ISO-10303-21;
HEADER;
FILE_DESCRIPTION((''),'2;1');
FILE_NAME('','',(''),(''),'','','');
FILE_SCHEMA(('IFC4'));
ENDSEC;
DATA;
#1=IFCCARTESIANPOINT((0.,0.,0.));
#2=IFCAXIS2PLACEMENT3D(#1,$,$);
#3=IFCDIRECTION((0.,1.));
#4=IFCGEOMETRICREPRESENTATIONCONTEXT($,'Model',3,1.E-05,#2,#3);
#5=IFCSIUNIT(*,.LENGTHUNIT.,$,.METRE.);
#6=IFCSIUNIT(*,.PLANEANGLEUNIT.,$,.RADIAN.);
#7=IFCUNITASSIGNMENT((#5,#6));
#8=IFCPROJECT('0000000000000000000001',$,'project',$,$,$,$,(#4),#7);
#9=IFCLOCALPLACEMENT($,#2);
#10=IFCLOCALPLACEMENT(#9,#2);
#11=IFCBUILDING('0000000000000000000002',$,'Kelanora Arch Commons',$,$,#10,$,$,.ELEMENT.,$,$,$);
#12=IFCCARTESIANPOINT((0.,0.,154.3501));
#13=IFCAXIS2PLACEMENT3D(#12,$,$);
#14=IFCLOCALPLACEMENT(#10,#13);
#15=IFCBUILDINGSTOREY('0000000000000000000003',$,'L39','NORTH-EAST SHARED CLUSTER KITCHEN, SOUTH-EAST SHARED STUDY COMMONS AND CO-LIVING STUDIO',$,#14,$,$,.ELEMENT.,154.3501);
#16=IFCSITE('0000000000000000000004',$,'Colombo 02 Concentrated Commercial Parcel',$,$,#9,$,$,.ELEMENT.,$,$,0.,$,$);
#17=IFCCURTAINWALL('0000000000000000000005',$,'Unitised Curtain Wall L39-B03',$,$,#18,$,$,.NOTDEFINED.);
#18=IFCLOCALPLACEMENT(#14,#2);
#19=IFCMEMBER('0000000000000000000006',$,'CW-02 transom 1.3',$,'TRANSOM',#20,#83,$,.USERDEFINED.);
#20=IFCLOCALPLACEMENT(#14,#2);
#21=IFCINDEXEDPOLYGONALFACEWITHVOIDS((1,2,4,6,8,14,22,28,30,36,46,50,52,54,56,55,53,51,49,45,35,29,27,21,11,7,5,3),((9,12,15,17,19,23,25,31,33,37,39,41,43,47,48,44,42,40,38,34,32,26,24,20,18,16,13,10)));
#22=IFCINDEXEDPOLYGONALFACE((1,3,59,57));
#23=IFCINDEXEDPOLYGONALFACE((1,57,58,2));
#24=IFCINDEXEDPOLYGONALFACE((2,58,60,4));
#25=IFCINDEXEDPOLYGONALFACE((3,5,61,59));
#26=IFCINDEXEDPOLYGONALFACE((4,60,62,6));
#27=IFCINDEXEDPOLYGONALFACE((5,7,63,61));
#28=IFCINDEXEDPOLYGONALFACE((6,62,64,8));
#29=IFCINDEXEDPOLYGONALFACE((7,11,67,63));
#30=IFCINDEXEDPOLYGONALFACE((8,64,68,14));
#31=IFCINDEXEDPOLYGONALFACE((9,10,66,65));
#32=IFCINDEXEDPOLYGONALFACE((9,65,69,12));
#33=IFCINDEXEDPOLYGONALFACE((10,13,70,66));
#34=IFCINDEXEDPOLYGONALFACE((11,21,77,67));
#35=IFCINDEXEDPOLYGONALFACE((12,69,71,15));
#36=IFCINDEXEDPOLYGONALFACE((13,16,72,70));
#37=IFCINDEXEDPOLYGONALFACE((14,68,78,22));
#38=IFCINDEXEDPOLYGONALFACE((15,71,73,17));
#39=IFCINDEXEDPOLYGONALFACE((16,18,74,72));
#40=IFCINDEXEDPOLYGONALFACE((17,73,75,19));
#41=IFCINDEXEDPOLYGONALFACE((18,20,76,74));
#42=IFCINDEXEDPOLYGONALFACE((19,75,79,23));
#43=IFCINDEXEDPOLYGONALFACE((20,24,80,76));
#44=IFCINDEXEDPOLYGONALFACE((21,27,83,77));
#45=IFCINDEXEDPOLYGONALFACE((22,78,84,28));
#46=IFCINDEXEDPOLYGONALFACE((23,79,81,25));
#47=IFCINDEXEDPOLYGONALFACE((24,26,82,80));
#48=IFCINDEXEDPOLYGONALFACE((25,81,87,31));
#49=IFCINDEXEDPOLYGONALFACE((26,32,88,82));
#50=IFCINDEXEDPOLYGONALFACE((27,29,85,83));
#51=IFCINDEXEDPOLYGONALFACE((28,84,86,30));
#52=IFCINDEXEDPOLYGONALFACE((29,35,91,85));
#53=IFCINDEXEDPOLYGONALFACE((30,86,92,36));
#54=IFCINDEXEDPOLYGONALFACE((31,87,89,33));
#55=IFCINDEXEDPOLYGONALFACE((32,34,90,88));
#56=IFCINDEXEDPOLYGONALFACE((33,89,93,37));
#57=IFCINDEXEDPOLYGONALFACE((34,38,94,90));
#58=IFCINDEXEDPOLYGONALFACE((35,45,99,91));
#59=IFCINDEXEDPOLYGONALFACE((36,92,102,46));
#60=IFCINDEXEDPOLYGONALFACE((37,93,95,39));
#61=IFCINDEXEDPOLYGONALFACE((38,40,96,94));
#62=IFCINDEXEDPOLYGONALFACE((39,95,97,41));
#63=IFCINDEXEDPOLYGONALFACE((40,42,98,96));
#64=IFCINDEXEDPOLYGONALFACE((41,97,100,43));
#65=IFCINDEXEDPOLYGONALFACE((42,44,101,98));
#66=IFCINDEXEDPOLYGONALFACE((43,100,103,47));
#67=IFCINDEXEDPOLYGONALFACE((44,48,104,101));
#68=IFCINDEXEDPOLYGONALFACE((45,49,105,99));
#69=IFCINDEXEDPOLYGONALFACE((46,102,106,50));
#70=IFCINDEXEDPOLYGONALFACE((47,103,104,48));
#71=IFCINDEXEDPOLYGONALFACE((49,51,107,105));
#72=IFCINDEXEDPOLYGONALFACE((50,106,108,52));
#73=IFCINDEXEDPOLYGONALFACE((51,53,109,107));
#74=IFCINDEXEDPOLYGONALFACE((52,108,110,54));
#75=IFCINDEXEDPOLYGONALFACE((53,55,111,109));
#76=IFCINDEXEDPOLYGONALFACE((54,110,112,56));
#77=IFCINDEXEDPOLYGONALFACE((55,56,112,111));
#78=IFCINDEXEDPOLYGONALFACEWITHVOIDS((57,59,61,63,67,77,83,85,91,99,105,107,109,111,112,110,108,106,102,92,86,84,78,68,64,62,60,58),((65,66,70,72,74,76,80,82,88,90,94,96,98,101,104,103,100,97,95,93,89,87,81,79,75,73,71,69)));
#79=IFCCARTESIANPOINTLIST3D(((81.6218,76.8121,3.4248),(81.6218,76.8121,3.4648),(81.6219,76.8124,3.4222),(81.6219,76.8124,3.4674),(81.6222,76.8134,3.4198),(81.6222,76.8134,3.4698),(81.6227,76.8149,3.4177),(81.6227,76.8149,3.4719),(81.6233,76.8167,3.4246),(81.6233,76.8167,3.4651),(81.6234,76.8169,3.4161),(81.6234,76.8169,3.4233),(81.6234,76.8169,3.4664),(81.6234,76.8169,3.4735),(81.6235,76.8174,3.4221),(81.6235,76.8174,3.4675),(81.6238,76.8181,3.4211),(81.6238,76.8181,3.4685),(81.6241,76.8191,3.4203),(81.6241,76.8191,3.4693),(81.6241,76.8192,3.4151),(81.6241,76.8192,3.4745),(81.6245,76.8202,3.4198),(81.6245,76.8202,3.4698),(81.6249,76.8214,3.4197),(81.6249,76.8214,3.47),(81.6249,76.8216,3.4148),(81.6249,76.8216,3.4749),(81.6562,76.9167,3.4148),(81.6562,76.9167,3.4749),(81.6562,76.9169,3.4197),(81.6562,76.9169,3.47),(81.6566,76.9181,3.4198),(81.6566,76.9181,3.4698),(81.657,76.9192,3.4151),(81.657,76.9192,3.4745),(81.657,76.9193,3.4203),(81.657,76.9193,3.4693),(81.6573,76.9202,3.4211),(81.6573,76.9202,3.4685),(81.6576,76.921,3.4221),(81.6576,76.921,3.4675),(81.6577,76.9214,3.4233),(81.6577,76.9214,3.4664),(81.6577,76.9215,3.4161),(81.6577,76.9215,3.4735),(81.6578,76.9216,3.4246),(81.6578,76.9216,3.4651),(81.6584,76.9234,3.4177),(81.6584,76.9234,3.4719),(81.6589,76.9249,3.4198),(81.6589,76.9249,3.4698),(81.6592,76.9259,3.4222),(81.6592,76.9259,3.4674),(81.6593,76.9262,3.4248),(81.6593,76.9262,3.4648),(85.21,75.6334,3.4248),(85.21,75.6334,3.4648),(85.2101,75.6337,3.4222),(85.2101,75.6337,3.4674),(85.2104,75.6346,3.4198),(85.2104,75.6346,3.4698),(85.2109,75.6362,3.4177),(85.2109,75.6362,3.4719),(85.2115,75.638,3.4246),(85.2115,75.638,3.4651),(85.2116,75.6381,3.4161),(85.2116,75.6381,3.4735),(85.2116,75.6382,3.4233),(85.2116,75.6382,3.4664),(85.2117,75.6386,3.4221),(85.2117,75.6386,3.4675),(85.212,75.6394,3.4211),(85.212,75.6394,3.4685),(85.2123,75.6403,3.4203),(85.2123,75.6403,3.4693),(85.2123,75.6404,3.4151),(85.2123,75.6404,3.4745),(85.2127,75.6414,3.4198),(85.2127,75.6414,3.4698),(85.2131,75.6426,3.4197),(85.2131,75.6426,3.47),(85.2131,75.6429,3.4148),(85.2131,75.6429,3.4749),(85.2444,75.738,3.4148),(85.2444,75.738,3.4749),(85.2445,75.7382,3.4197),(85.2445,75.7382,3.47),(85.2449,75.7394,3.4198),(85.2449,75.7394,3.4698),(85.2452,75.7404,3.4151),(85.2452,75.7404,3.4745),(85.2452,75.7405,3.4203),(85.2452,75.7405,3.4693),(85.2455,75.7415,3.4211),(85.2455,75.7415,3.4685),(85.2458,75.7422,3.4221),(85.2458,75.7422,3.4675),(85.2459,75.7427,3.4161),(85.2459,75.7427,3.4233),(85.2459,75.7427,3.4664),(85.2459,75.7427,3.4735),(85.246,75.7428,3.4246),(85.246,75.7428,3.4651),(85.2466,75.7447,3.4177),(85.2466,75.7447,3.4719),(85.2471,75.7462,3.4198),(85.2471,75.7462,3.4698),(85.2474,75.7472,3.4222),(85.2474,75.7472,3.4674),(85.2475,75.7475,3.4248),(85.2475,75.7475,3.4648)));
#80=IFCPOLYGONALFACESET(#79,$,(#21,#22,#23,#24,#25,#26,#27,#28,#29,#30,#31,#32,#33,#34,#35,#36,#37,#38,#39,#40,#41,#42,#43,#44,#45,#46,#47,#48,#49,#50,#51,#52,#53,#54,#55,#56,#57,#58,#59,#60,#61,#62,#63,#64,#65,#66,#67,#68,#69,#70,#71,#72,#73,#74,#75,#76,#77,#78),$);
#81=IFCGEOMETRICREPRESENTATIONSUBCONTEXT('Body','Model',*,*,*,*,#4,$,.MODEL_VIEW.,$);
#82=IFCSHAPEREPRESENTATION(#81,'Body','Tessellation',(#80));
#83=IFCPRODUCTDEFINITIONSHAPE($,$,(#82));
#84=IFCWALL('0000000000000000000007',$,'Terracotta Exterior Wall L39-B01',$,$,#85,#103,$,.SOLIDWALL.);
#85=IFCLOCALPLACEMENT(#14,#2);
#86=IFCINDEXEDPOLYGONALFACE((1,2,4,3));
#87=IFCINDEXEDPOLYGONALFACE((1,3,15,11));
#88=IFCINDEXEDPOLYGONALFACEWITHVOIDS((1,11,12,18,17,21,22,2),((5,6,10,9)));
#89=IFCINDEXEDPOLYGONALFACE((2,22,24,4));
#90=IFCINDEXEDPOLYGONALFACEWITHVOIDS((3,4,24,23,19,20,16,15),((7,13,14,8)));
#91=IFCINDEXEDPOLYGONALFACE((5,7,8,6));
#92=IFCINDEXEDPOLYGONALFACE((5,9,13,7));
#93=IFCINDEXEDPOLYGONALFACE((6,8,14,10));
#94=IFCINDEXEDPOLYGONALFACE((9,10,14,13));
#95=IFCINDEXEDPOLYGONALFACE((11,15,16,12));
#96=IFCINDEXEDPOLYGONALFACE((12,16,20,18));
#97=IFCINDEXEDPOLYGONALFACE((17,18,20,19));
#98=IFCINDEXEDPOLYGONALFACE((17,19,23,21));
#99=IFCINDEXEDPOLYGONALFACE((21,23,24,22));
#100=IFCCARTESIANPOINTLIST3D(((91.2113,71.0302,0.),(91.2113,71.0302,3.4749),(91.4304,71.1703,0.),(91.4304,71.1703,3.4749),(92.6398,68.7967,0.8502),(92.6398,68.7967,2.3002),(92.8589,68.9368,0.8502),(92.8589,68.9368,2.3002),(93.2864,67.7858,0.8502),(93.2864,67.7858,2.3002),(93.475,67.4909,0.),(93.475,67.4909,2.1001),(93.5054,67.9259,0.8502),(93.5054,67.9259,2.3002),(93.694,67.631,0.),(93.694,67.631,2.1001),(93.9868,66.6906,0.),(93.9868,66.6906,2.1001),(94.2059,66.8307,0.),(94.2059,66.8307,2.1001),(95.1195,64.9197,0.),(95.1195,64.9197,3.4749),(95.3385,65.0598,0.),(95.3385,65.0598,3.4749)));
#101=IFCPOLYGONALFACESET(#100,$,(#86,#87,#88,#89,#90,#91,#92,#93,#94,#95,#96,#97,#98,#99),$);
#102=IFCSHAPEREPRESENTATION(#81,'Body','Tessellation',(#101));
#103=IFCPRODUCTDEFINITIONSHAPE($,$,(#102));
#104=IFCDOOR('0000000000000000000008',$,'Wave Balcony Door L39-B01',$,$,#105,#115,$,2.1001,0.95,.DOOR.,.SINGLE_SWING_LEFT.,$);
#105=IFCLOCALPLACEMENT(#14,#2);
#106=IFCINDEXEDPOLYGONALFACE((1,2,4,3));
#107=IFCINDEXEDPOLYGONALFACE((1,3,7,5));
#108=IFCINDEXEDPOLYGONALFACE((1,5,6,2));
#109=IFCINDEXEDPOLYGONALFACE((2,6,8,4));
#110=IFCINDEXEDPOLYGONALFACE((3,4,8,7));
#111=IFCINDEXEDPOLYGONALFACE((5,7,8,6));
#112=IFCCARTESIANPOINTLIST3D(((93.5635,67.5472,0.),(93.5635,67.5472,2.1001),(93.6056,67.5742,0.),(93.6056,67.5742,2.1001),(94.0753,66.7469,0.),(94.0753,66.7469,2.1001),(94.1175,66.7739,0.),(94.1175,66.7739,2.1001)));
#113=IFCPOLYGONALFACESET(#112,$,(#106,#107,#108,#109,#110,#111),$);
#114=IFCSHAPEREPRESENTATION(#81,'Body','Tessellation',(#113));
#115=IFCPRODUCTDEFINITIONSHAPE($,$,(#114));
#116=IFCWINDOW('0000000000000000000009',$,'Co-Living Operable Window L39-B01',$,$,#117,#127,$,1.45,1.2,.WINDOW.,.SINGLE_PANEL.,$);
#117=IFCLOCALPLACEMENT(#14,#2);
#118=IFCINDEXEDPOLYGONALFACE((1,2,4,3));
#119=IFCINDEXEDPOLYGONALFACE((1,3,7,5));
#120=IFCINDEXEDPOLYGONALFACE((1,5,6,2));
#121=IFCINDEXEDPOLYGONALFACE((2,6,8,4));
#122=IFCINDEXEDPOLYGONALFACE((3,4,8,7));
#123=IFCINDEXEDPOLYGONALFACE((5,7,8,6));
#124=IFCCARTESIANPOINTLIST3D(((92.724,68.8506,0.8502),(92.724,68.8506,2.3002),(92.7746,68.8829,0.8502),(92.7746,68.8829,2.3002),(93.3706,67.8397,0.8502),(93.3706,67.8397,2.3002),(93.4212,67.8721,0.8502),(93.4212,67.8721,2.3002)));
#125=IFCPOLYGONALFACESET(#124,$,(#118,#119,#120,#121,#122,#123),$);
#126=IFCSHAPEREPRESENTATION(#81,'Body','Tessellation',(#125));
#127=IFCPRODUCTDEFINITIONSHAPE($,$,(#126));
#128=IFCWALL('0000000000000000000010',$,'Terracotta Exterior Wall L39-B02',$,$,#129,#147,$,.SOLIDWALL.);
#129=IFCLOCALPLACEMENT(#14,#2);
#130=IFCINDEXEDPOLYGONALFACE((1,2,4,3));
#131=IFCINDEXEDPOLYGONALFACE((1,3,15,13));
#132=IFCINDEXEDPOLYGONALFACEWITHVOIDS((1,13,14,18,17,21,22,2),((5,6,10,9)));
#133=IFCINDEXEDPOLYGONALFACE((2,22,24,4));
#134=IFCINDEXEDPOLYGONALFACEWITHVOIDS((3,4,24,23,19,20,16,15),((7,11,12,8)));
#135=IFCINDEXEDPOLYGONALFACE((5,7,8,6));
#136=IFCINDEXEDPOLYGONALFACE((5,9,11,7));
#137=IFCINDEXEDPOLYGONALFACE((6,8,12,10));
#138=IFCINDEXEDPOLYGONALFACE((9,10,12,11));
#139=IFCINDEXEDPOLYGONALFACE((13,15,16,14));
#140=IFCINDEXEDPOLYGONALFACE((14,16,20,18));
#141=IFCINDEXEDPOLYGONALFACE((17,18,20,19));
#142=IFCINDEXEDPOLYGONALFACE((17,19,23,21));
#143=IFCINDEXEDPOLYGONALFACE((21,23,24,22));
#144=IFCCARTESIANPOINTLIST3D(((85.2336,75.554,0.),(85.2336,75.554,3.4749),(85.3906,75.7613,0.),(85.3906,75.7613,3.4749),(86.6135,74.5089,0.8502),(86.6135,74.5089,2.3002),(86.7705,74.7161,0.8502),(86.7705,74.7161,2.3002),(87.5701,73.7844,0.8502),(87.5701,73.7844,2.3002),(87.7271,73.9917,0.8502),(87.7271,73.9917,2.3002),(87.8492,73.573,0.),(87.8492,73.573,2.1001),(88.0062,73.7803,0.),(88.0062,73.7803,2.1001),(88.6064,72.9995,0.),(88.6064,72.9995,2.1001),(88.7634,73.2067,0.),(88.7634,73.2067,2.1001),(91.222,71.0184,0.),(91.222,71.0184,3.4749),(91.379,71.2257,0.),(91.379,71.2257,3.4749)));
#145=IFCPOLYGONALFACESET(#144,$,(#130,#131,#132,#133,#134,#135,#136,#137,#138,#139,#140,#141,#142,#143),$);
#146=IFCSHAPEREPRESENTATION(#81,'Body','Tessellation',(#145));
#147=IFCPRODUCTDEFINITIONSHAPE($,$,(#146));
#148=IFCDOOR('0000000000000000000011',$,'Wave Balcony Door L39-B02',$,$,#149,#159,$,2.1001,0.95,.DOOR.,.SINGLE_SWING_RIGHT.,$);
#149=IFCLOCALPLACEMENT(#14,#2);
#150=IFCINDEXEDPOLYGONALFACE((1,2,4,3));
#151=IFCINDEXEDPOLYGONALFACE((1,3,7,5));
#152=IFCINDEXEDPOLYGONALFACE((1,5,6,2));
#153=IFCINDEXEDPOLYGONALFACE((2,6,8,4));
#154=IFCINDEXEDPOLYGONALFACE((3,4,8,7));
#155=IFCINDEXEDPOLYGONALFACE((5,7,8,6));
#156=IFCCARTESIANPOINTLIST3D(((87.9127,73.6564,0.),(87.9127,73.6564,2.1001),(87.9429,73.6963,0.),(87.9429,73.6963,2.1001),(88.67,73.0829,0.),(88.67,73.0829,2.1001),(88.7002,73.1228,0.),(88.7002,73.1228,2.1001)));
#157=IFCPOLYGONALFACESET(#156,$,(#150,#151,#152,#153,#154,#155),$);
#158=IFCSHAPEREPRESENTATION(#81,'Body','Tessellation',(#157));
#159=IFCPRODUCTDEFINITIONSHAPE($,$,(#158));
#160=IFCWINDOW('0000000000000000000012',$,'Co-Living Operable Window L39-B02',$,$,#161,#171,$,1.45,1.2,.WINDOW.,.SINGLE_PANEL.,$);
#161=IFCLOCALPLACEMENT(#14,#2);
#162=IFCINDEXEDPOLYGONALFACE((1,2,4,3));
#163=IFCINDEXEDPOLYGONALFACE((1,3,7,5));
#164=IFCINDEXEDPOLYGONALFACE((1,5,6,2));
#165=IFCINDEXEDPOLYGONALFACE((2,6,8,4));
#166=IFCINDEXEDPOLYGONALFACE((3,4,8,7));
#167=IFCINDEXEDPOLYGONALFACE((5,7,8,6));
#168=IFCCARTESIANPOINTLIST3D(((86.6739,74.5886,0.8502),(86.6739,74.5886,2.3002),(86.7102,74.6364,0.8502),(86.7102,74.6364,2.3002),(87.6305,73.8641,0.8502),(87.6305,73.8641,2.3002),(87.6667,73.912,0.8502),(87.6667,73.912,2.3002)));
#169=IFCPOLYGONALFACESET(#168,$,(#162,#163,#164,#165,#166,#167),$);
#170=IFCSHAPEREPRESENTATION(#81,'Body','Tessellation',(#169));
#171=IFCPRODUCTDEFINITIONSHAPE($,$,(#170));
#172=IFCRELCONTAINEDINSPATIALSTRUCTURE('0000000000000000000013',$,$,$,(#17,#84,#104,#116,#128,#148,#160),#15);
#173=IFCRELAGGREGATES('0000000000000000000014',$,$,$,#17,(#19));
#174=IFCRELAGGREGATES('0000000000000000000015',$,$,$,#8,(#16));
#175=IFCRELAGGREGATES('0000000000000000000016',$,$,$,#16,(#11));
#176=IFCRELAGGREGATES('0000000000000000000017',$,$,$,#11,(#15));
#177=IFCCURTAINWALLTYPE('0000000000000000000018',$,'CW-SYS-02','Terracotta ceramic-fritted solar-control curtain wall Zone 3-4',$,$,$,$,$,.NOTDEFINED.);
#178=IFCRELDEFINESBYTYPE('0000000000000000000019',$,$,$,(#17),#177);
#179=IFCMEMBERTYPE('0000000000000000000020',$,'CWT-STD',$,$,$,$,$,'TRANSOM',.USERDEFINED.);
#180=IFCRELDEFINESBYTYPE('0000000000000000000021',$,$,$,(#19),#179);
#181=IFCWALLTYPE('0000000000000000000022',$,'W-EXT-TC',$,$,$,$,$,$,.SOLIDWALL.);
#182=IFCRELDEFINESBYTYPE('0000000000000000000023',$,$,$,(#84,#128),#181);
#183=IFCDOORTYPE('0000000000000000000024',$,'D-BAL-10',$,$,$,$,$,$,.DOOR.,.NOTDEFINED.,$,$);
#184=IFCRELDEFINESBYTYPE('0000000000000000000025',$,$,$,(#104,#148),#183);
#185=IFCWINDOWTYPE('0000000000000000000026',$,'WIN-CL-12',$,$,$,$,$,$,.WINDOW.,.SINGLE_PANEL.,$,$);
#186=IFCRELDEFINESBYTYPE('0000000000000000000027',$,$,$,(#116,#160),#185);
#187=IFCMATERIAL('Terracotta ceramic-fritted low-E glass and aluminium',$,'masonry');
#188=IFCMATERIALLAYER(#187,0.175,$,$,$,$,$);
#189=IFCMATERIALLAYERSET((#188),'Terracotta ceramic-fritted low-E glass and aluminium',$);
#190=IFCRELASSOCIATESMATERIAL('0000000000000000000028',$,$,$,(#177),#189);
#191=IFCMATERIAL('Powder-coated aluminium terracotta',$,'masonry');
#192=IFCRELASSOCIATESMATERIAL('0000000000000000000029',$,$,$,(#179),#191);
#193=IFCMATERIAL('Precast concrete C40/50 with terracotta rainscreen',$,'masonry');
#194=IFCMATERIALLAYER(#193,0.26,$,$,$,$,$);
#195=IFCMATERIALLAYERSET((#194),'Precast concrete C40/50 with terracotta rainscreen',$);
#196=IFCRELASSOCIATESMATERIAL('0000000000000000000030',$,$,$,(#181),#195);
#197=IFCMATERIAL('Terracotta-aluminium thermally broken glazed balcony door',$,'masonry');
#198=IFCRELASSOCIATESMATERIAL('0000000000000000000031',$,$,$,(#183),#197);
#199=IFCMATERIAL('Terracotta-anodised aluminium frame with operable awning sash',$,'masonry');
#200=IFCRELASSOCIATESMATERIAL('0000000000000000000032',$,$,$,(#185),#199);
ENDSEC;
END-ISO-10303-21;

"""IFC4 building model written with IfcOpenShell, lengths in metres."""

from ifc_helpers import new_model, si_unit, direction, frame, frame_2d, origin, origin_2d, place, context, subcontext, project, spatial, rectangle, hollow_rectangle, extrude, material, layer, layer_set, material_profile, profile_set, type_object, element, fill, aggregate, save


model = new_model("IFC4")

# Units and contexts
model_context = context("Model", 3, precision=1e-05, world=origin(), true_north=direction((0.0, 1.0)))
body_context = subcontext(model_context, "Body", "Model", "MODEL_VIEW")
ifc_project = project(units=[si_unit("LENGTHUNIT", "METRE"), si_unit("PLANEANGLEUNIT", "RADIAN")], contexts=[model_context])

# Site, building, storey
site_placement = place(None, origin())
site = spatial("IfcSite", under=ifc_project, at=site_placement, Name="Colombo 02 Concentrated Commercial Parcel", CompositionType="ELEMENT", RefElevation=0.0)
building_placement = place(site_placement, origin())
building = spatial("IfcBuilding", under=site, at=building_placement, Name="Kelanora Arch Commons", CompositionType="ELEMENT")
storey_placement = place(building_placement, frame((0.0, 0.0, 154.3501)))
storey = spatial("IfcBuildingStorey", under=building, at=storey_placement, Name="L39", Description="NORTH-EAST SHARED CLUSTER KITCHEN, SOUTH-EAST SHARED STUDY COMMONS AND CO-LIVING STUDIO", CompositionType="ELEMENT", Elevation=154.3501)

# Shared definitions
ifc_material_1 = material(Name="Terracotta ceramic-fritted low-E glass and aluminium", Category="masonry")
ifc_layer_1 = layer(ifc_material_1, 0.175)
ifc_layer_set_1 = layer_set([ifc_layer_1], Name="Terracotta ceramic-fritted low-E glass and aluminium")
curtain_wall_type = type_object("IfcCurtainWallType", Name="CW-SYS-02", Description="Terracotta ceramic-fritted solar-control curtain wall Zone 3-4", PredefinedType="NOTDEFINED", material=ifc_layer_set_1)
ifc_material_2 = material(Name="Powder-coated aluminium terracotta", Category="masonry")

# Curtain wall, member
curtain_wall_1_placement = place(storey_placement, origin())
curtain_wall_1 = element("IfcCurtainWall", 1, at=curtain_wall_1_placement, inside=storey, type_object=curtain_wall_type, Name="Unitised Curtain Wall L39-B03", PredefinedType="NOTDEFINED")
ifc_material_profile_1 = material_profile(ifc_material_2, hollow_rectangle(XDim=0.1201, YDim=0.0601, WallThickness=0.0049, InnerFilletRadius=0.0049, OuterFilletRadius=0.01, at=origin_2d()), Name="CWT120x60")
ifc_profile_set_1 = profile_set([ifc_material_profile_1], Name="Powder-coated aluminium terracotta")
member_type_1 = type_object("IfcMemberType", Name="CWT-STD", ElementType="TRANSOM", PredefinedType="USERDEFINED", material=ifc_profile_set_1)
member_1_placement = place(storey_placement, frame((85.2288, 75.6904, 3.4448), z_axis=(-0.950051, 0.312094, 0.0), x_axis=(-0.312094, -0.950051, 0.0)))
member_1 = element("IfcMember", 2, at=member_1_placement, type_object=member_type_1, Name="CW-02 transom 1.3", ObjectType="TRANSOM", PredefinedType="USERDEFINED", context=body_context, shape_type="SweptSolid", body=[
    extrude(hollow_rectangle(XDim=0.1201, YDim=0.0601, WallThickness=0.0049, InnerFilletRadius=0.0049, OuterFilletRadius=0.01, at=origin_2d()), origin(), (0.0, 0.0, 1.0), 3.7769),
])
aggregate(curtain_wall_1, [member_1])

# Walls, openings, doors, windows
ifc_material_3 = material(Name="Precast concrete C40/50 with terracotta rainscreen", Category="masonry")
ifc_layer_2 = layer(ifc_material_3, 0.26)
ifc_layer_set_2 = layer_set([ifc_layer_2], Name="Precast concrete C40/50 with terracotta rainscreen")
wall_type_1 = type_object("IfcWallType", Name="W-EXT-TC", PredefinedType="SOLIDWALL", material=ifc_layer_set_2)
wall_1_placement = place(storey_placement, frame((95.229, 64.9897, 0.0), z_axis=(0.0, 0.0, 1.0), x_axis=(-0.538802, 0.842433, 0.0)))
wall_1 = element("IfcWall", 3, at=wall_1_placement, inside=storey, type_object=wall_type_1, Name="Terracotta Exterior Wall L39-B01", PredefinedType="SOLIDWALL", context=body_context, shape_type="SweptSolid", body=[
    extrude(rectangle(XDim=7.2534, YDim=0.26, at=frame_2d((3.6267, 0.0))), origin(), (0.0, 0.0, 1.0), 3.4749),
])
opening_1_placement = place(wall_1_placement, frame((2.1021, 0.0, 0.0)))
opening_1 = element("IfcOpeningElement", 4, at=opening_1_placement, cuts=wall_1, PredefinedType="OPENING", context=body_context, shape_type="SweptSolid", body=[
    extrude(rectangle(XDim=0.95, YDim=2.1001, at=frame_2d((0.4751, 1.05))), frame((0.0, 0.1401, 0.0), z_axis=(0.0, -1.0, 0.0), x_axis=(1.0, 0.0, 0.0)), (0.0, 0.0, 1.0), 0.28),
])
opening_2_placement = place(wall_1_placement, frame((3.4021, 0.0, 0.8501)))
opening_2 = element("IfcOpeningElement", 5, at=opening_2_placement, cuts=wall_1, PredefinedType="OPENING", context=body_context, shape_type="SweptSolid", body=[
    extrude(rectangle(XDim=1.2, YDim=1.45, at=frame_2d((0.6001, 0.7251))), frame((0.0, 0.1401, 0.0), z_axis=(0.0, -1.0, 0.0), x_axis=(1.0, 0.0, 0.0)), (0.0, 0.0, 1.0), 0.28),
])
ifc_material_4 = material(Name="Terracotta-aluminium thermally broken glazed balcony door", Category="masonry")
door_type = type_object("IfcDoorType", Name="D-BAL-10", OperationType="NOTDEFINED", PredefinedType="DOOR", material=ifc_material_4)
door_1_placement = place(opening_1_placement, frame((0.95, 0.0, 0.0), z_axis=(0.0, 0.0, 1.0), x_axis=(-1.0, 0.0, 0.0)))
door_1 = element("IfcDoor", 6, at=door_1_placement, inside=storey, type_object=door_type, Name="Wave Balcony Door L39-B01", OperationType="SINGLE_SWING_LEFT", OverallHeight=2.1001, OverallWidth=0.95, PredefinedType="DOOR", context=body_context, shape_type="SweptSolid", body=[
    extrude(rectangle(XDim=0.95, YDim=2.1001, at=frame_2d((0.4751, 1.05))), frame((0.0, 0.0249, 0.0), z_axis=(0.0, -1.0, 0.0), x_axis=(1.0, 0.0, 0.0)), (0.0, 0.0, 1.0), 0.05),
])
fill(opening_1, door_1)
ifc_material_5 = material(Name="Terracotta-anodised aluminium frame with operable awning sash", Category="masonry")
window_type = type_object("IfcWindowType", Name="WIN-CL-12", PartitioningType="SINGLE_PANEL", PredefinedType="WINDOW", material=ifc_material_5)
window_1_placement = place(opening_2_placement, origin())
window_1 = element("IfcWindow", 7, at=window_1_placement, inside=storey, type_object=window_type, Name="Co-Living Operable Window L39-B01", OverallHeight=1.45, OverallWidth=1.2, PartitioningType="SINGLE_PANEL", PredefinedType="WINDOW", context=body_context, shape_type="SweptSolid", body=[
    extrude(rectangle(XDim=1.2, YDim=1.45, at=frame_2d((0.6001, 0.7251))), frame((0.0, 0.03, 0.0), z_axis=(0.0, -1.0, 0.0), x_axis=(1.0, 0.0, 0.0)), (0.0, 0.0, 1.0), 0.0601),
])
fill(opening_2, window_1)
wall_2_placement = place(storey_placement, frame((91.3005, 71.1221, 0.0), z_axis=(0.0, 0.0, 1.0), x_axis=(-0.797164, 0.603763, 0.0)))
wall_2 = element("IfcWall", 8, at=wall_2_placement, inside=storey, type_object=wall_type_1, Name="Terracotta Exterior Wall L39-B02", PredefinedType="SOLIDWALL", context=body_context, shape_type="SweptSolid", body=[
    extrude(rectangle(XDim=7.5122, YDim=0.26, at=frame_2d((3.7561, 0.0))), origin(), (0.0, 0.0, 1.0), 3.4749),
])
opening_3_placement = place(wall_2_placement, frame((3.281, 0.0, 0.0)))
opening_3 = element("IfcOpeningElement", 9, at=opening_3_placement, cuts=wall_2, PredefinedType="OPENING", context=body_context, shape_type="SweptSolid", body=[
    extrude(rectangle(XDim=0.95, YDim=2.1001, at=frame_2d((0.4751, 1.05))), frame((0.0, 0.1401, 0.0), z_axis=(0.0, -1.0, 0.0), x_axis=(1.0, 0.0, 0.0)), (0.0, 0.0, 1.0), 0.28),
])
opening_4_placement = place(wall_2_placement, frame((4.5811, 0.0, 0.8501)))
opening_4 = element("IfcOpeningElement", 10, at=opening_4_placement, cuts=wall_2, PredefinedType="OPENING", context=body_context, shape_type="SweptSolid", body=[
    extrude(rectangle(XDim=1.2, YDim=1.45, at=frame_2d((0.6001, 0.7251))), frame((0.0, 0.1401, 0.0), z_axis=(0.0, -1.0, 0.0), x_axis=(1.0, 0.0, 0.0)), (0.0, 0.0, 1.0), 0.28),
])
door_2_placement = place(opening_3_placement, frame((0.95, 0.0, 0.0), z_axis=(0.0, 0.0, 1.0), x_axis=(-1.0, 0.0, 0.0)))
door_2 = element("IfcDoor", 11, at=door_2_placement, inside=storey, type_object=door_type, Name="Wave Balcony Door L39-B02", OperationType="SINGLE_SWING_RIGHT", OverallHeight=2.1001, OverallWidth=0.95, PredefinedType="DOOR", context=body_context, shape_type="SweptSolid", body=[
    extrude(rectangle(XDim=0.95, YDim=2.1001, at=frame_2d((0.4751, 1.05))), frame((0.0, 0.0249, 0.0), z_axis=(0.0, -1.0, 0.0), x_axis=(1.0, 0.0, 0.0)), (0.0, 0.0, 1.0), 0.05),
])
fill(opening_3, door_2)
window_2_placement = place(opening_4_placement, origin())
window_2 = element("IfcWindow", 12, at=window_2_placement, inside=storey, type_object=window_type, Name="Co-Living Operable Window L39-B02", OverallHeight=1.45, OverallWidth=1.2, PartitioningType="SINGLE_PANEL", PredefinedType="WINDOW", context=body_context, shape_type="SweptSolid", body=[
    extrude(rectangle(XDim=1.2, YDim=1.45, at=frame_2d((0.6001, 0.7251))), frame((0.0, 0.03, 0.0), z_axis=(0.0, -1.0, 0.0), x_axis=(1.0, 0.0, 0.0)), (0.0, 0.0, 1.0), 0.0601),
])
fill(opening_4, window_2)

save(model, "model.ifc")
